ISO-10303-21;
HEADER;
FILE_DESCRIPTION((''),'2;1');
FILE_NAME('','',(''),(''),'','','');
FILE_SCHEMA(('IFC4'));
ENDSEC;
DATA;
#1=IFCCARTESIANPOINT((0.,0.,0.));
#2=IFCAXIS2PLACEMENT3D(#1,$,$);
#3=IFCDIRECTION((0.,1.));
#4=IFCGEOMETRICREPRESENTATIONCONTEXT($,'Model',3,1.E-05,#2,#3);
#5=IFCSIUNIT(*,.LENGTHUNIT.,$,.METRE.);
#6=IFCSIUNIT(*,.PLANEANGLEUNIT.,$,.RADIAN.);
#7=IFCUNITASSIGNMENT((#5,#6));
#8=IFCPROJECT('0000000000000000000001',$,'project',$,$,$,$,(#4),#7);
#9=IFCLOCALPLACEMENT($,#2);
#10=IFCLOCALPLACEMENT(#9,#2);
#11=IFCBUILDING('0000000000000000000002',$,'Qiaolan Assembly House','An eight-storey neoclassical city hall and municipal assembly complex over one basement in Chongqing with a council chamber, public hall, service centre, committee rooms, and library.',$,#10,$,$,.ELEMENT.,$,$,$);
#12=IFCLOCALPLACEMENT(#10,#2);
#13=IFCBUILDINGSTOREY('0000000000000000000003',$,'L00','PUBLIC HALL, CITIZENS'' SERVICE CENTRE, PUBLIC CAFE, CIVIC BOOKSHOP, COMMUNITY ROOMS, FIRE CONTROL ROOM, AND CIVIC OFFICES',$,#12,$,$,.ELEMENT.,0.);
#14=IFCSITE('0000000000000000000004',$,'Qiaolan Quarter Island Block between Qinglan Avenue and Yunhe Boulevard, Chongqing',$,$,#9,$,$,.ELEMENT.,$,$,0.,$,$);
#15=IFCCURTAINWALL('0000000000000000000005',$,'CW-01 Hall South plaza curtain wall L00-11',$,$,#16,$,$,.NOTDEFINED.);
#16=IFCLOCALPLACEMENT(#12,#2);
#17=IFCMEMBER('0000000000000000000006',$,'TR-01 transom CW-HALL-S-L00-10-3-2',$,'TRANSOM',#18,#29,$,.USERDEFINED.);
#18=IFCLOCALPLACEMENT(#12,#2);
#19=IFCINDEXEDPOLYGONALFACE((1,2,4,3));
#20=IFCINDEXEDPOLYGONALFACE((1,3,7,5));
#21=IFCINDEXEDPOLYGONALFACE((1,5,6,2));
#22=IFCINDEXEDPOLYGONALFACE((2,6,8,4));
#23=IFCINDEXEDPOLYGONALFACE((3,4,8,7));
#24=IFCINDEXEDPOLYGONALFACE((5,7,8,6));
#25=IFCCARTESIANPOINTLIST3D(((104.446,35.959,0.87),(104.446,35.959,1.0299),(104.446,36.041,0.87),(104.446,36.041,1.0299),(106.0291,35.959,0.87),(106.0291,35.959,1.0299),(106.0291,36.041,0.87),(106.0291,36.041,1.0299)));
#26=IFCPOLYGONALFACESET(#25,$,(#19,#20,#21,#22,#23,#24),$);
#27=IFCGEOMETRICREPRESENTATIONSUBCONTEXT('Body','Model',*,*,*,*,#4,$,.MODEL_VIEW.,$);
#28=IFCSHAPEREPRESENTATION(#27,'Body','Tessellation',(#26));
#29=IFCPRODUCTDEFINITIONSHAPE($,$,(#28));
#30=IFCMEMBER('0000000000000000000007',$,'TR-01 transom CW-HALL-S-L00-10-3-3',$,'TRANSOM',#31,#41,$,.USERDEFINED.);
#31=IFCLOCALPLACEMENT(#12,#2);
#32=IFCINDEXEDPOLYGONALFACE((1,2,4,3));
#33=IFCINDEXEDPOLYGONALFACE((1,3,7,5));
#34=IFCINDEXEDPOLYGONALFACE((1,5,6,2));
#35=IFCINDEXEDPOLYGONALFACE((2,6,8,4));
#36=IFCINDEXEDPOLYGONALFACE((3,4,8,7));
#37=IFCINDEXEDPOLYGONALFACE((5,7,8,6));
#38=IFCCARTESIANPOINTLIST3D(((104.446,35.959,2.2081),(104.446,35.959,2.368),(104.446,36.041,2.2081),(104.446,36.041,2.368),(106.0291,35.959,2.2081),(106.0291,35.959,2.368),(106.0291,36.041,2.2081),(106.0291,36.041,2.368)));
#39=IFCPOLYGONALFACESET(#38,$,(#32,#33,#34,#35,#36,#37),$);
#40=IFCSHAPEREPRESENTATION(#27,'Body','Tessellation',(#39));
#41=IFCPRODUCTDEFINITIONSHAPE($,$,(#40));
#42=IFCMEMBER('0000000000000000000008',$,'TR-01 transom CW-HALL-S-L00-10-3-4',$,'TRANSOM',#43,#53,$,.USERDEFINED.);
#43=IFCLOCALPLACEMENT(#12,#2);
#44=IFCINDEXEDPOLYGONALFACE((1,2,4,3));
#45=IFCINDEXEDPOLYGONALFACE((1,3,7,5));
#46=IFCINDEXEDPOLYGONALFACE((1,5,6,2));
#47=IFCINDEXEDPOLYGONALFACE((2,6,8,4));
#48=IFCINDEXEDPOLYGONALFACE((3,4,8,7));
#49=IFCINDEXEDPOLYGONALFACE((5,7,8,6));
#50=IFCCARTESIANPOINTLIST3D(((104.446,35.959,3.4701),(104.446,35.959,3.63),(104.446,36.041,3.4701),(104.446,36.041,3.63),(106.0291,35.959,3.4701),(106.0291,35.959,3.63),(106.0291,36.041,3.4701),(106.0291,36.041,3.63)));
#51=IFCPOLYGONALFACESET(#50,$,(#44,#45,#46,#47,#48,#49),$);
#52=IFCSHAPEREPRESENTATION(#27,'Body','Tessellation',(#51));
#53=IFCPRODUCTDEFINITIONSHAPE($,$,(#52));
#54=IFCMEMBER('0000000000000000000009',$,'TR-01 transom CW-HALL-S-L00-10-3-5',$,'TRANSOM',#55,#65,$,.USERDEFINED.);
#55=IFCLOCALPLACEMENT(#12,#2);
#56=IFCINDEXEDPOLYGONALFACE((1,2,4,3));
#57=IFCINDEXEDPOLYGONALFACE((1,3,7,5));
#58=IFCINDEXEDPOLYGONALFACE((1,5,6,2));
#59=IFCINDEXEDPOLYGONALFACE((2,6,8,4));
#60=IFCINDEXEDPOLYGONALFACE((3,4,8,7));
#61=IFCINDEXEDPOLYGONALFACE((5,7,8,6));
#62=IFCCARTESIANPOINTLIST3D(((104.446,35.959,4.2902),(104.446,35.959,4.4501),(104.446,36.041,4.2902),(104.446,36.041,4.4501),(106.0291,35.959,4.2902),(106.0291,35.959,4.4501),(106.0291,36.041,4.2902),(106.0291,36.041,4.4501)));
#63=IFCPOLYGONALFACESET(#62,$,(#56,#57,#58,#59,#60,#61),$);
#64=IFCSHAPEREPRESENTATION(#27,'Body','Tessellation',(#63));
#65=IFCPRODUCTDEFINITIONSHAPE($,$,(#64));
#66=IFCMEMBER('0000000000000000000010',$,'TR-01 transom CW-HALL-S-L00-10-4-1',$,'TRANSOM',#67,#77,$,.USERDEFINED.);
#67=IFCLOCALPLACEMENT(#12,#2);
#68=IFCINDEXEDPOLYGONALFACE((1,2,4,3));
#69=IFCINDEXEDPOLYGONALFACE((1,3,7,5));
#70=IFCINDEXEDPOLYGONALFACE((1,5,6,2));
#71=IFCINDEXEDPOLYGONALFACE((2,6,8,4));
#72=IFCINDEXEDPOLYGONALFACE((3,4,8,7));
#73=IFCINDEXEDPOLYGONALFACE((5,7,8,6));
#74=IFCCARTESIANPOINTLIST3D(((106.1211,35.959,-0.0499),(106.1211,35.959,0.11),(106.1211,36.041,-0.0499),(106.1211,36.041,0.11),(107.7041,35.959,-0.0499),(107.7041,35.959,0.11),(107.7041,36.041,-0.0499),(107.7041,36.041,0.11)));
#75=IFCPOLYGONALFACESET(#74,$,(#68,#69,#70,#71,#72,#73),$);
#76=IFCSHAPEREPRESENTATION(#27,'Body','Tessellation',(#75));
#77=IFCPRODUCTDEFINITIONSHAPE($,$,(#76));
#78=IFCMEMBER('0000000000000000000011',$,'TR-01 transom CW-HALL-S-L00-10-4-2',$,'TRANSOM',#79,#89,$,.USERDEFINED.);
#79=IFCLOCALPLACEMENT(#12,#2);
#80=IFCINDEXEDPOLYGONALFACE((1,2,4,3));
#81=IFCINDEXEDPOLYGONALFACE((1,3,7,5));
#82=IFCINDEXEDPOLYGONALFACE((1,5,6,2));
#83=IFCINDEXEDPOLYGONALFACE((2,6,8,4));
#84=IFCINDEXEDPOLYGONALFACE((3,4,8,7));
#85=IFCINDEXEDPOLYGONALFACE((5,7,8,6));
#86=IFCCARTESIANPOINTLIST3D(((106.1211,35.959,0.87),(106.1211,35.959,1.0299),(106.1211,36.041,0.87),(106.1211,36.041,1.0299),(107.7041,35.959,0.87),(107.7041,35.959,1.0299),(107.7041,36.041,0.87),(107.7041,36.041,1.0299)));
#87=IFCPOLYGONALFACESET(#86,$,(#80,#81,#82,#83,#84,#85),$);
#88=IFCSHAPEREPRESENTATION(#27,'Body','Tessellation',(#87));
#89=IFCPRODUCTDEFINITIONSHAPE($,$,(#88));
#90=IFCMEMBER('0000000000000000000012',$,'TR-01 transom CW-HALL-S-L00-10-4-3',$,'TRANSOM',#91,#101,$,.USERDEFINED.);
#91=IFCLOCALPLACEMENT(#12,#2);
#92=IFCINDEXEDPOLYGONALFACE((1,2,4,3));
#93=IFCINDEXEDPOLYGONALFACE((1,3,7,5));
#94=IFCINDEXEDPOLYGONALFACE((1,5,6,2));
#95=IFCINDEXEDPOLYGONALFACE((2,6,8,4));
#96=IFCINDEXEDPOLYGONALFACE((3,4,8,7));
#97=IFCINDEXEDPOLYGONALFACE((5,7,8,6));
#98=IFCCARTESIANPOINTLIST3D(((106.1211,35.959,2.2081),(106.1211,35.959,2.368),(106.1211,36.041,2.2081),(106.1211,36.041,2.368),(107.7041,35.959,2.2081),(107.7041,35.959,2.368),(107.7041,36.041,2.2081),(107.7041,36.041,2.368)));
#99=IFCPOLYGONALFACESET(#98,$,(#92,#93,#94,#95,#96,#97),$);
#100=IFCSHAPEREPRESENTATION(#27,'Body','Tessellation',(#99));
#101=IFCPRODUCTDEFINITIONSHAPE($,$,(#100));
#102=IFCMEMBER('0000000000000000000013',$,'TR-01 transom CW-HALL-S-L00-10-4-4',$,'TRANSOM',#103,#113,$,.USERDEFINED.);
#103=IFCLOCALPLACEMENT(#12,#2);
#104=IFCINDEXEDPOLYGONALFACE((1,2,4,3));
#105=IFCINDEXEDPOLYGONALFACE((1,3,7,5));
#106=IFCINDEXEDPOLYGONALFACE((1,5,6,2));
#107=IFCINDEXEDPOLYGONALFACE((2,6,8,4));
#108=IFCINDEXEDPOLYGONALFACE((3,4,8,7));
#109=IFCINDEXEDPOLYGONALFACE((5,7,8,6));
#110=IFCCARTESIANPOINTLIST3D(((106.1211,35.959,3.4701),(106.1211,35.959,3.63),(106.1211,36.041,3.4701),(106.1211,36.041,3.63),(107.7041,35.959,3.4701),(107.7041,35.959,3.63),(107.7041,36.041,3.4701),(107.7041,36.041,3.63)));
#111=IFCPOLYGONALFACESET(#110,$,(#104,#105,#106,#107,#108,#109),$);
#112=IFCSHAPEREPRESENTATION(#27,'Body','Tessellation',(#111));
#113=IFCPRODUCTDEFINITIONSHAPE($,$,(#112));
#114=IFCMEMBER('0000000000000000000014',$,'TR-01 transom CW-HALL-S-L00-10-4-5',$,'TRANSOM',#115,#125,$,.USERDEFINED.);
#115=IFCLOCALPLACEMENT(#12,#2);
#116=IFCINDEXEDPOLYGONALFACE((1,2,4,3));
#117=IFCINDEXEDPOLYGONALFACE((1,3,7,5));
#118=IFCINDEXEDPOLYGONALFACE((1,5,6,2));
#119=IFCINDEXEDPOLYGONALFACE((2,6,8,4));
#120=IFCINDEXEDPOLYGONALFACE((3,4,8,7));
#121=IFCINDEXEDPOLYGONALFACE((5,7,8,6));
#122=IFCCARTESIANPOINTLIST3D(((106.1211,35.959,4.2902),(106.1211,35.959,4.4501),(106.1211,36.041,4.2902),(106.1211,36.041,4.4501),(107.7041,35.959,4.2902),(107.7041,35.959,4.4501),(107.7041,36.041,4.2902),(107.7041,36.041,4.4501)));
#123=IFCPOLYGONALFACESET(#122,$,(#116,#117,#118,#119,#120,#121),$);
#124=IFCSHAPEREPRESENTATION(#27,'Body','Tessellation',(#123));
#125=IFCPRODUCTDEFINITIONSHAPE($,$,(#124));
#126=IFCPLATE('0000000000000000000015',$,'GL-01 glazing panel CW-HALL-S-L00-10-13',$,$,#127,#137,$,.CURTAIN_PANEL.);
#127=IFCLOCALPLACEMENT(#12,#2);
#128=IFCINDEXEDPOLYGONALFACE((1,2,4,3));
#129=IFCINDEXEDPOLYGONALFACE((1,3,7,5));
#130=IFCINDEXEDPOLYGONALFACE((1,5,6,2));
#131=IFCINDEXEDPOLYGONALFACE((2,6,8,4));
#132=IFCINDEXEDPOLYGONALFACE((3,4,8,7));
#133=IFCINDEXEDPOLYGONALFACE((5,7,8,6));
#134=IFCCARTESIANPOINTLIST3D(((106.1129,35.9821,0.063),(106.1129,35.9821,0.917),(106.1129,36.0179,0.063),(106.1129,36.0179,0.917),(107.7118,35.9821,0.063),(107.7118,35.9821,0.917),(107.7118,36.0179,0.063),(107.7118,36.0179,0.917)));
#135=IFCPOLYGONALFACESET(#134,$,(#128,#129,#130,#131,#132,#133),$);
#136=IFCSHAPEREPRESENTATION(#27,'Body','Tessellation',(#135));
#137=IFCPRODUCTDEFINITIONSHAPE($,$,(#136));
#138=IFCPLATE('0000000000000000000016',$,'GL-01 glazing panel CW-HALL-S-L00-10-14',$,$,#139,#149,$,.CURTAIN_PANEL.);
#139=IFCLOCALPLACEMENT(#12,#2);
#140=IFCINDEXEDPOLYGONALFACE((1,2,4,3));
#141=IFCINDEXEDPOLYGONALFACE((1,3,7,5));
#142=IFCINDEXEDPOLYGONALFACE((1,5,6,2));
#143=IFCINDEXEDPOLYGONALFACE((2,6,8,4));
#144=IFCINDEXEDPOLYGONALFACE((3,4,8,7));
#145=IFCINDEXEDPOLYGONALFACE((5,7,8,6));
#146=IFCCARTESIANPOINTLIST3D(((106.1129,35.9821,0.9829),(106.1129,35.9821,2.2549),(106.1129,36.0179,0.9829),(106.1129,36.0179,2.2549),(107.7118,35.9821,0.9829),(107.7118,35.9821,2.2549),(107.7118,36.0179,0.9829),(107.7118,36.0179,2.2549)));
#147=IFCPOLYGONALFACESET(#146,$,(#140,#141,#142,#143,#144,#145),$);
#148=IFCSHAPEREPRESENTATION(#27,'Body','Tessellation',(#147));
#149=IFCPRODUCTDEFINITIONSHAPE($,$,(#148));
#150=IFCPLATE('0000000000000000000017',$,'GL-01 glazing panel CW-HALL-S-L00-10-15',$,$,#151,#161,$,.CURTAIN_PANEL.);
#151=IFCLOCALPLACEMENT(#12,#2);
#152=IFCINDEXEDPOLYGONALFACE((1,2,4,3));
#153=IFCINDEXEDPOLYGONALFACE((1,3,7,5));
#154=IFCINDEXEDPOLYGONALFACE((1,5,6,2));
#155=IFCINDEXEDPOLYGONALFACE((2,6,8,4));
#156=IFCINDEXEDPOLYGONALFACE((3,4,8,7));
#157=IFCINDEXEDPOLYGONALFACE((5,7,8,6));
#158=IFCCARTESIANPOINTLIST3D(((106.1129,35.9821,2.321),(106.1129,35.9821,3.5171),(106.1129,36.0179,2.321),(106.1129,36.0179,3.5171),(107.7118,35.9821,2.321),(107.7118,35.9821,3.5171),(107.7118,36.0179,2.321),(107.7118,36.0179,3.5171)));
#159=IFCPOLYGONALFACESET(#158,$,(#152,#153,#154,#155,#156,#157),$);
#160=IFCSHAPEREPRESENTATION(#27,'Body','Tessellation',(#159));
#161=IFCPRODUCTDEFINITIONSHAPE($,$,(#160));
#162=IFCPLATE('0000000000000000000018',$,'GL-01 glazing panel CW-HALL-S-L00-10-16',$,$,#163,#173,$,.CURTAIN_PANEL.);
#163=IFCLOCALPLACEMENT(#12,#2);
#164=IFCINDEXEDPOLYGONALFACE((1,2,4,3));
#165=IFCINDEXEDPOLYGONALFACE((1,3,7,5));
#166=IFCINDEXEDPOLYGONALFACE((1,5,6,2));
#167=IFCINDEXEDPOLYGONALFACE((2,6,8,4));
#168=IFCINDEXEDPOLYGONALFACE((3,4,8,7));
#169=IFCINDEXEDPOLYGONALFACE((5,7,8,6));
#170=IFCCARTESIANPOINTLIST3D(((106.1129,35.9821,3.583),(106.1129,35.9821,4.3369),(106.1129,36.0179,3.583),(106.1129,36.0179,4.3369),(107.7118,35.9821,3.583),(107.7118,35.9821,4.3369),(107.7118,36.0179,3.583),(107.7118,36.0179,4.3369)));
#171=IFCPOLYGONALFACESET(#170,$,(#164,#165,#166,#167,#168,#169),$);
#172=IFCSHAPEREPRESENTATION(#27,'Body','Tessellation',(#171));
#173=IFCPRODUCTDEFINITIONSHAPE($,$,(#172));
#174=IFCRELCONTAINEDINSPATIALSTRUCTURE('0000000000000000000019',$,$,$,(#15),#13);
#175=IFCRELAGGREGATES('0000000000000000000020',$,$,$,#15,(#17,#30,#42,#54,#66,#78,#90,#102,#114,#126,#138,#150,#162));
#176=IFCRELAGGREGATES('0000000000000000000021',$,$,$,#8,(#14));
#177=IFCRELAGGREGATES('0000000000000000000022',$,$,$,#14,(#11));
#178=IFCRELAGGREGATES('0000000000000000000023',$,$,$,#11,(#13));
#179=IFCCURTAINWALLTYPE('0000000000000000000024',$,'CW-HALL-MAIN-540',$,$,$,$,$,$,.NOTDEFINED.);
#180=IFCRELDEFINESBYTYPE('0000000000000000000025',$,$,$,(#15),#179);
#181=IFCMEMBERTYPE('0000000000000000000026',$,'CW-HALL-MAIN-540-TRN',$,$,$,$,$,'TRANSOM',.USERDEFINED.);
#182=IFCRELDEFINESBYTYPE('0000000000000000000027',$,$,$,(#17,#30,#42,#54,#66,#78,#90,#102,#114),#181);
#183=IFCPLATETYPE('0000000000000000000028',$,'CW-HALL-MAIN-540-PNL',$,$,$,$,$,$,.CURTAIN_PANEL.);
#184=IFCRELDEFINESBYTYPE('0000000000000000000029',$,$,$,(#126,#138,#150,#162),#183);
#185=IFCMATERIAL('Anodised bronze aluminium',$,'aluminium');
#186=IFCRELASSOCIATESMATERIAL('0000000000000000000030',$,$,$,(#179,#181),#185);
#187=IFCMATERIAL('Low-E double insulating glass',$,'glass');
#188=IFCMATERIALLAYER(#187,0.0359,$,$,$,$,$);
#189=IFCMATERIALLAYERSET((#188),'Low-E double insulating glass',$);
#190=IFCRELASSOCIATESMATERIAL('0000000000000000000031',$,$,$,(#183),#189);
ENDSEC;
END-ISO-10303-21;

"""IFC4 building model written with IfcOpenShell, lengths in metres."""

from ifc_helpers import new_model, si_unit, direction, frame, frame_2d, origin, origin_2d, place, context, subcontext, project, spatial, rectangle, extrude, material, layer, layer_set, material_profile, profile_set, type_object, element, aggregate, save


model = new_model("IFC4")

# Units and contexts
model_context = context("Model", 3, precision=1e-05, world=origin(), true_north=direction((0.0, 1.0)))
body_context = subcontext(model_context, "Body", "Model", "MODEL_VIEW")
ifc_project = project(units=[si_unit("LENGTHUNIT", "METRE"), si_unit("PLANEANGLEUNIT", "RADIAN")], contexts=[model_context])

# Site, building, storey
site_placement = place(None, origin())
site = spatial("IfcSite", under=ifc_project, at=site_placement, Name="Qiaolan Quarter Island Block between Qinglan Avenue and Yunhe Boulevard, Chongqing", CompositionType="ELEMENT", RefElevation=0.0)
building_placement = place(site_placement, origin())
building = spatial("IfcBuilding", under=site, at=building_placement, Name="Qiaolan Assembly House", Description="An eight-storey neoclassical city hall and municipal assembly complex over one basement in Chongqing with a council chamber, public hall, service centre, committee rooms, and library.", CompositionType="ELEMENT")
storey_placement = place(building_placement, origin())
storey = spatial("IfcBuildingStorey", under=building, at=storey_placement, Name="L00", Description="PUBLIC HALL, CITIZENS' SERVICE CENTRE, PUBLIC CAFE, CIVIC BOOKSHOP, COMMUNITY ROOMS, FIRE CONTROL ROOM, AND CIVIC OFFICES", CompositionType="ELEMENT", Elevation=0.0)

# Curtain wall, members, plates
ifc_material_1 = material(Name="Anodised bronze aluminium", Category="aluminium")
curtain_wall_type = type_object("IfcCurtainWallType", Name="CW-HALL-MAIN-540", PredefinedType="NOTDEFINED", material=ifc_material_1)
curtain_wall_placement = place(storey_placement, origin())
curtain_wall = element("IfcCurtainWall", 1, at=curtain_wall_placement, inside=storey, type_object=curtain_wall_type, Name="CW-01 Hall South plaza curtain wall L00-11", PredefinedType="NOTDEFINED")
ifc_material_profile_1 = material_profile(ifc_material_1, rectangle(XDim=0.082, YDim=0.1599, at=origin_2d()), Name="TRN 82x160")
ifc_profile_set_1 = profile_set([ifc_material_profile_1], Name="Anodised bronze aluminium")
member_type_1 = type_object("IfcMemberType", Name="CW-HALL-MAIN-540-TRN", ElementType="TRANSOM", PredefinedType="USERDEFINED", material=ifc_profile_set_1)
member_1_placement = place(storey_placement, frame((104.446, 36.0, 0.95), z_axis=(1.0, 0.0, 0.0), x_axis=(0.0, 1.0, 0.0)))
member_1 = element("IfcMember", 2, at=member_1_placement, type_object=member_type_1, Name="TR-01 transom CW-HALL-S-L00-10-3-2", ObjectType="TRANSOM", PredefinedType="USERDEFINED", context=body_context, shape_type="SweptSolid", body=[
    extrude(rectangle(XDim=0.082, YDim=0.1599, at=origin_2d()), origin(), (0.0, 0.0, 1.0), 1.583),
])
member_2_placement = place(storey_placement, frame((104.446, 36.0, 2.2881), z_axis=(1.0, 0.0, 0.0), x_axis=(0.0, 1.0, 0.0)))
member_2 = element("IfcMember", 3, at=member_2_placement, type_object=member_type_1, Name="TR-01 transom CW-HALL-S-L00-10-3-3", ObjectType="TRANSOM", PredefinedType="USERDEFINED", context=body_context, shape_type="SweptSolid", body=[
    extrude(rectangle(XDim=0.082, YDim=0.1599, at=origin_2d()), origin(), (0.0, 0.0, 1.0), 1.583),
])
member_3_placement = place(storey_placement, frame((104.446, 36.0, 3.55), z_axis=(1.0, 0.0, 0.0), x_axis=(0.0, 1.0, 0.0)))
member_3 = element("IfcMember", 4, at=member_3_placement, type_object=member_type_1, Name="TR-01 transom CW-HALL-S-L00-10-3-4", ObjectType="TRANSOM", PredefinedType="USERDEFINED", context=body_context, shape_type="SweptSolid", body=[
    extrude(rectangle(XDim=0.082, YDim=0.1599, at=origin_2d()), origin(), (0.0, 0.0, 1.0), 1.583),
])
member_4_placement = place(storey_placement, frame((104.446, 36.0, 4.3701), z_axis=(1.0, 0.0, 0.0), x_axis=(0.0, 1.0, 0.0)))
member_4 = element("IfcMember", 5, at=member_4_placement, type_object=member_type_1, Name="TR-01 transom CW-HALL-S-L00-10-3-5", ObjectType="TRANSOM", PredefinedType="USERDEFINED", context=body_context, shape_type="SweptSolid", body=[
    extrude(rectangle(XDim=0.082, YDim=0.1599, at=origin_2d()), origin(), (0.0, 0.0, 1.0), 1.583),
])
member_5_placement = place(storey_placement, frame((106.1211, 36.0, 0.03), z_axis=(1.0, 0.0, 0.0), x_axis=(0.0, 1.0, 0.0)))
member_5 = element("IfcMember", 6, at=member_5_placement, type_object=member_type_1, Name="TR-01 transom CW-HALL-S-L00-10-4-1", ObjectType="TRANSOM", PredefinedType="USERDEFINED", context=body_context, shape_type="SweptSolid", body=[
    extrude(rectangle(XDim=0.082, YDim=0.1599, at=origin_2d()), origin(), (0.0, 0.0, 1.0), 1.583),
])
member_6_placement = place(storey_placement, frame((106.1211, 36.0, 0.95), z_axis=(1.0, 0.0, 0.0), x_axis=(0.0, 1.0, 0.0)))
member_6 = element("IfcMember", 7, at=member_6_placement, type_object=member_type_1, Name="TR-01 transom CW-HALL-S-L00-10-4-2", ObjectType="TRANSOM", PredefinedType="USERDEFINED", context=body_context, shape_type="SweptSolid", body=[
    extrude(rectangle(XDim=0.082, YDim=0.1599, at=origin_2d()), origin(), (0.0, 0.0, 1.0), 1.583),
])
member_7_placement = place(storey_placement, frame((106.1211, 36.0, 2.2881), z_axis=(1.0, 0.0, 0.0), x_axis=(0.0, 1.0, 0.0)))
member_7 = element("IfcMember", 8, at=member_7_placement, type_object=member_type_1, Name="TR-01 transom CW-HALL-S-L00-10-4-3", ObjectType="TRANSOM", PredefinedType="USERDEFINED", context=body_context, shape_type="SweptSolid", body=[
    extrude(rectangle(XDim=0.082, YDim=0.1599, at=origin_2d()), origin(), (0.0, 0.0, 1.0), 1.583),
])
member_8_placement = place(storey_placement, frame((106.1211, 36.0, 3.55), z_axis=(1.0, 0.0, 0.0), x_axis=(0.0, 1.0, 0.0)))
member_8 = element("IfcMember", 9, at=member_8_placement, type_object=member_type_1, Name="TR-01 transom CW-HALL-S-L00-10-4-4", ObjectType="TRANSOM", PredefinedType="USERDEFINED", context=body_context, shape_type="SweptSolid", body=[
    extrude(rectangle(XDim=0.082, YDim=0.1599, at=origin_2d()), origin(), (0.0, 0.0, 1.0), 1.583),
])
member_9_placement = place(storey_placement, frame((106.1211, 36.0, 4.3701), z_axis=(1.0, 0.0, 0.0), x_axis=(0.0, 1.0, 0.0)))
member_9 = element("IfcMember", 10, at=member_9_placement, type_object=member_type_1, Name="TR-01 transom CW-HALL-S-L00-10-4-5", ObjectType="TRANSOM", PredefinedType="USERDEFINED", context=body_context, shape_type="SweptSolid", body=[
    extrude(rectangle(XDim=0.082, YDim=0.1599, at=origin_2d()), origin(), (0.0, 0.0, 1.0), 1.583),
])
ifc_material_2 = material(Name="Low-E double insulating glass", Category="glass")
ifc_layer = layer(ifc_material_2, 0.0359)
ifc_layer_set = layer_set([ifc_layer], Name="Low-E double insulating glass")
plate_type = type_object("IfcPlateType", Name="CW-HALL-MAIN-540-PNL", PredefinedType="CURTAIN_PANEL", material=ifc_layer_set)
plate_1_placement = place(storey_placement, frame((106.113, 36.0, 0.063), z_axis=(0.0, 0.0, 1.0), x_axis=(1.0, 0.0, 0.0)))
plate_1 = element("IfcPlate", 11, at=plate_1_placement, type_object=plate_type, Name="GL-01 glazing panel CW-HALL-S-L00-10-13", PredefinedType="CURTAIN_PANEL", context=body_context, shape_type="SweptSolid", body=[
    extrude(rectangle(XDim=1.5989, YDim=0.0359, at=frame_2d((0.7993, 0.0))), origin(), (0.0, 0.0, 1.0), 0.854),
])
plate_2_placement = place(storey_placement, frame((106.113, 36.0, 0.9829), z_axis=(0.0, 0.0, 1.0), x_axis=(1.0, 0.0, 0.0)))
plate_2 = element("IfcPlate", 12, at=plate_2_placement, type_object=plate_type, Name="GL-01 glazing panel CW-HALL-S-L00-10-14", PredefinedType="CURTAIN_PANEL", context=body_context, shape_type="SweptSolid", body=[
    extrude(rectangle(XDim=1.5989, YDim=0.0359, at=frame_2d((0.7993, 0.0))), origin(), (0.0, 0.0, 1.0), 1.272),
])
plate_3_placement = place(storey_placement, frame((106.113, 36.0, 2.321), z_axis=(0.0, 0.0, 1.0), x_axis=(1.0, 0.0, 0.0)))
plate_3 = element("IfcPlate", 13, at=plate_3_placement, type_object=plate_type, Name="GL-01 glazing panel CW-HALL-S-L00-10-15", PredefinedType="CURTAIN_PANEL", context=body_context, shape_type="SweptSolid", body=[
    extrude(rectangle(XDim=1.5989, YDim=0.0359, at=frame_2d((0.7993, 0.0))), origin(), (0.0, 0.0, 1.0), 1.196),
])
plate_4_placement = place(storey_placement, frame((106.113, 36.0, 3.583), z_axis=(0.0, 0.0, 1.0), x_axis=(1.0, 0.0, 0.0)))
plate_4 = element("IfcPlate", 14, at=plate_4_placement, type_object=plate_type, Name="GL-01 glazing panel CW-HALL-S-L00-10-16", PredefinedType="CURTAIN_PANEL", context=body_context, shape_type="SweptSolid", body=[
    extrude(rectangle(XDim=1.5989, YDim=0.0359, at=frame_2d((0.7993, 0.0))), origin(), (0.0, 0.0, 1.0), 0.7539),
])
aggregate(curtain_wall, [member_1, member_2, member_3, member_4, member_5, member_6, member_7, member_8, member_9, plate_1, plate_2, plate_3, plate_4])

save(model, "model.ifc")
